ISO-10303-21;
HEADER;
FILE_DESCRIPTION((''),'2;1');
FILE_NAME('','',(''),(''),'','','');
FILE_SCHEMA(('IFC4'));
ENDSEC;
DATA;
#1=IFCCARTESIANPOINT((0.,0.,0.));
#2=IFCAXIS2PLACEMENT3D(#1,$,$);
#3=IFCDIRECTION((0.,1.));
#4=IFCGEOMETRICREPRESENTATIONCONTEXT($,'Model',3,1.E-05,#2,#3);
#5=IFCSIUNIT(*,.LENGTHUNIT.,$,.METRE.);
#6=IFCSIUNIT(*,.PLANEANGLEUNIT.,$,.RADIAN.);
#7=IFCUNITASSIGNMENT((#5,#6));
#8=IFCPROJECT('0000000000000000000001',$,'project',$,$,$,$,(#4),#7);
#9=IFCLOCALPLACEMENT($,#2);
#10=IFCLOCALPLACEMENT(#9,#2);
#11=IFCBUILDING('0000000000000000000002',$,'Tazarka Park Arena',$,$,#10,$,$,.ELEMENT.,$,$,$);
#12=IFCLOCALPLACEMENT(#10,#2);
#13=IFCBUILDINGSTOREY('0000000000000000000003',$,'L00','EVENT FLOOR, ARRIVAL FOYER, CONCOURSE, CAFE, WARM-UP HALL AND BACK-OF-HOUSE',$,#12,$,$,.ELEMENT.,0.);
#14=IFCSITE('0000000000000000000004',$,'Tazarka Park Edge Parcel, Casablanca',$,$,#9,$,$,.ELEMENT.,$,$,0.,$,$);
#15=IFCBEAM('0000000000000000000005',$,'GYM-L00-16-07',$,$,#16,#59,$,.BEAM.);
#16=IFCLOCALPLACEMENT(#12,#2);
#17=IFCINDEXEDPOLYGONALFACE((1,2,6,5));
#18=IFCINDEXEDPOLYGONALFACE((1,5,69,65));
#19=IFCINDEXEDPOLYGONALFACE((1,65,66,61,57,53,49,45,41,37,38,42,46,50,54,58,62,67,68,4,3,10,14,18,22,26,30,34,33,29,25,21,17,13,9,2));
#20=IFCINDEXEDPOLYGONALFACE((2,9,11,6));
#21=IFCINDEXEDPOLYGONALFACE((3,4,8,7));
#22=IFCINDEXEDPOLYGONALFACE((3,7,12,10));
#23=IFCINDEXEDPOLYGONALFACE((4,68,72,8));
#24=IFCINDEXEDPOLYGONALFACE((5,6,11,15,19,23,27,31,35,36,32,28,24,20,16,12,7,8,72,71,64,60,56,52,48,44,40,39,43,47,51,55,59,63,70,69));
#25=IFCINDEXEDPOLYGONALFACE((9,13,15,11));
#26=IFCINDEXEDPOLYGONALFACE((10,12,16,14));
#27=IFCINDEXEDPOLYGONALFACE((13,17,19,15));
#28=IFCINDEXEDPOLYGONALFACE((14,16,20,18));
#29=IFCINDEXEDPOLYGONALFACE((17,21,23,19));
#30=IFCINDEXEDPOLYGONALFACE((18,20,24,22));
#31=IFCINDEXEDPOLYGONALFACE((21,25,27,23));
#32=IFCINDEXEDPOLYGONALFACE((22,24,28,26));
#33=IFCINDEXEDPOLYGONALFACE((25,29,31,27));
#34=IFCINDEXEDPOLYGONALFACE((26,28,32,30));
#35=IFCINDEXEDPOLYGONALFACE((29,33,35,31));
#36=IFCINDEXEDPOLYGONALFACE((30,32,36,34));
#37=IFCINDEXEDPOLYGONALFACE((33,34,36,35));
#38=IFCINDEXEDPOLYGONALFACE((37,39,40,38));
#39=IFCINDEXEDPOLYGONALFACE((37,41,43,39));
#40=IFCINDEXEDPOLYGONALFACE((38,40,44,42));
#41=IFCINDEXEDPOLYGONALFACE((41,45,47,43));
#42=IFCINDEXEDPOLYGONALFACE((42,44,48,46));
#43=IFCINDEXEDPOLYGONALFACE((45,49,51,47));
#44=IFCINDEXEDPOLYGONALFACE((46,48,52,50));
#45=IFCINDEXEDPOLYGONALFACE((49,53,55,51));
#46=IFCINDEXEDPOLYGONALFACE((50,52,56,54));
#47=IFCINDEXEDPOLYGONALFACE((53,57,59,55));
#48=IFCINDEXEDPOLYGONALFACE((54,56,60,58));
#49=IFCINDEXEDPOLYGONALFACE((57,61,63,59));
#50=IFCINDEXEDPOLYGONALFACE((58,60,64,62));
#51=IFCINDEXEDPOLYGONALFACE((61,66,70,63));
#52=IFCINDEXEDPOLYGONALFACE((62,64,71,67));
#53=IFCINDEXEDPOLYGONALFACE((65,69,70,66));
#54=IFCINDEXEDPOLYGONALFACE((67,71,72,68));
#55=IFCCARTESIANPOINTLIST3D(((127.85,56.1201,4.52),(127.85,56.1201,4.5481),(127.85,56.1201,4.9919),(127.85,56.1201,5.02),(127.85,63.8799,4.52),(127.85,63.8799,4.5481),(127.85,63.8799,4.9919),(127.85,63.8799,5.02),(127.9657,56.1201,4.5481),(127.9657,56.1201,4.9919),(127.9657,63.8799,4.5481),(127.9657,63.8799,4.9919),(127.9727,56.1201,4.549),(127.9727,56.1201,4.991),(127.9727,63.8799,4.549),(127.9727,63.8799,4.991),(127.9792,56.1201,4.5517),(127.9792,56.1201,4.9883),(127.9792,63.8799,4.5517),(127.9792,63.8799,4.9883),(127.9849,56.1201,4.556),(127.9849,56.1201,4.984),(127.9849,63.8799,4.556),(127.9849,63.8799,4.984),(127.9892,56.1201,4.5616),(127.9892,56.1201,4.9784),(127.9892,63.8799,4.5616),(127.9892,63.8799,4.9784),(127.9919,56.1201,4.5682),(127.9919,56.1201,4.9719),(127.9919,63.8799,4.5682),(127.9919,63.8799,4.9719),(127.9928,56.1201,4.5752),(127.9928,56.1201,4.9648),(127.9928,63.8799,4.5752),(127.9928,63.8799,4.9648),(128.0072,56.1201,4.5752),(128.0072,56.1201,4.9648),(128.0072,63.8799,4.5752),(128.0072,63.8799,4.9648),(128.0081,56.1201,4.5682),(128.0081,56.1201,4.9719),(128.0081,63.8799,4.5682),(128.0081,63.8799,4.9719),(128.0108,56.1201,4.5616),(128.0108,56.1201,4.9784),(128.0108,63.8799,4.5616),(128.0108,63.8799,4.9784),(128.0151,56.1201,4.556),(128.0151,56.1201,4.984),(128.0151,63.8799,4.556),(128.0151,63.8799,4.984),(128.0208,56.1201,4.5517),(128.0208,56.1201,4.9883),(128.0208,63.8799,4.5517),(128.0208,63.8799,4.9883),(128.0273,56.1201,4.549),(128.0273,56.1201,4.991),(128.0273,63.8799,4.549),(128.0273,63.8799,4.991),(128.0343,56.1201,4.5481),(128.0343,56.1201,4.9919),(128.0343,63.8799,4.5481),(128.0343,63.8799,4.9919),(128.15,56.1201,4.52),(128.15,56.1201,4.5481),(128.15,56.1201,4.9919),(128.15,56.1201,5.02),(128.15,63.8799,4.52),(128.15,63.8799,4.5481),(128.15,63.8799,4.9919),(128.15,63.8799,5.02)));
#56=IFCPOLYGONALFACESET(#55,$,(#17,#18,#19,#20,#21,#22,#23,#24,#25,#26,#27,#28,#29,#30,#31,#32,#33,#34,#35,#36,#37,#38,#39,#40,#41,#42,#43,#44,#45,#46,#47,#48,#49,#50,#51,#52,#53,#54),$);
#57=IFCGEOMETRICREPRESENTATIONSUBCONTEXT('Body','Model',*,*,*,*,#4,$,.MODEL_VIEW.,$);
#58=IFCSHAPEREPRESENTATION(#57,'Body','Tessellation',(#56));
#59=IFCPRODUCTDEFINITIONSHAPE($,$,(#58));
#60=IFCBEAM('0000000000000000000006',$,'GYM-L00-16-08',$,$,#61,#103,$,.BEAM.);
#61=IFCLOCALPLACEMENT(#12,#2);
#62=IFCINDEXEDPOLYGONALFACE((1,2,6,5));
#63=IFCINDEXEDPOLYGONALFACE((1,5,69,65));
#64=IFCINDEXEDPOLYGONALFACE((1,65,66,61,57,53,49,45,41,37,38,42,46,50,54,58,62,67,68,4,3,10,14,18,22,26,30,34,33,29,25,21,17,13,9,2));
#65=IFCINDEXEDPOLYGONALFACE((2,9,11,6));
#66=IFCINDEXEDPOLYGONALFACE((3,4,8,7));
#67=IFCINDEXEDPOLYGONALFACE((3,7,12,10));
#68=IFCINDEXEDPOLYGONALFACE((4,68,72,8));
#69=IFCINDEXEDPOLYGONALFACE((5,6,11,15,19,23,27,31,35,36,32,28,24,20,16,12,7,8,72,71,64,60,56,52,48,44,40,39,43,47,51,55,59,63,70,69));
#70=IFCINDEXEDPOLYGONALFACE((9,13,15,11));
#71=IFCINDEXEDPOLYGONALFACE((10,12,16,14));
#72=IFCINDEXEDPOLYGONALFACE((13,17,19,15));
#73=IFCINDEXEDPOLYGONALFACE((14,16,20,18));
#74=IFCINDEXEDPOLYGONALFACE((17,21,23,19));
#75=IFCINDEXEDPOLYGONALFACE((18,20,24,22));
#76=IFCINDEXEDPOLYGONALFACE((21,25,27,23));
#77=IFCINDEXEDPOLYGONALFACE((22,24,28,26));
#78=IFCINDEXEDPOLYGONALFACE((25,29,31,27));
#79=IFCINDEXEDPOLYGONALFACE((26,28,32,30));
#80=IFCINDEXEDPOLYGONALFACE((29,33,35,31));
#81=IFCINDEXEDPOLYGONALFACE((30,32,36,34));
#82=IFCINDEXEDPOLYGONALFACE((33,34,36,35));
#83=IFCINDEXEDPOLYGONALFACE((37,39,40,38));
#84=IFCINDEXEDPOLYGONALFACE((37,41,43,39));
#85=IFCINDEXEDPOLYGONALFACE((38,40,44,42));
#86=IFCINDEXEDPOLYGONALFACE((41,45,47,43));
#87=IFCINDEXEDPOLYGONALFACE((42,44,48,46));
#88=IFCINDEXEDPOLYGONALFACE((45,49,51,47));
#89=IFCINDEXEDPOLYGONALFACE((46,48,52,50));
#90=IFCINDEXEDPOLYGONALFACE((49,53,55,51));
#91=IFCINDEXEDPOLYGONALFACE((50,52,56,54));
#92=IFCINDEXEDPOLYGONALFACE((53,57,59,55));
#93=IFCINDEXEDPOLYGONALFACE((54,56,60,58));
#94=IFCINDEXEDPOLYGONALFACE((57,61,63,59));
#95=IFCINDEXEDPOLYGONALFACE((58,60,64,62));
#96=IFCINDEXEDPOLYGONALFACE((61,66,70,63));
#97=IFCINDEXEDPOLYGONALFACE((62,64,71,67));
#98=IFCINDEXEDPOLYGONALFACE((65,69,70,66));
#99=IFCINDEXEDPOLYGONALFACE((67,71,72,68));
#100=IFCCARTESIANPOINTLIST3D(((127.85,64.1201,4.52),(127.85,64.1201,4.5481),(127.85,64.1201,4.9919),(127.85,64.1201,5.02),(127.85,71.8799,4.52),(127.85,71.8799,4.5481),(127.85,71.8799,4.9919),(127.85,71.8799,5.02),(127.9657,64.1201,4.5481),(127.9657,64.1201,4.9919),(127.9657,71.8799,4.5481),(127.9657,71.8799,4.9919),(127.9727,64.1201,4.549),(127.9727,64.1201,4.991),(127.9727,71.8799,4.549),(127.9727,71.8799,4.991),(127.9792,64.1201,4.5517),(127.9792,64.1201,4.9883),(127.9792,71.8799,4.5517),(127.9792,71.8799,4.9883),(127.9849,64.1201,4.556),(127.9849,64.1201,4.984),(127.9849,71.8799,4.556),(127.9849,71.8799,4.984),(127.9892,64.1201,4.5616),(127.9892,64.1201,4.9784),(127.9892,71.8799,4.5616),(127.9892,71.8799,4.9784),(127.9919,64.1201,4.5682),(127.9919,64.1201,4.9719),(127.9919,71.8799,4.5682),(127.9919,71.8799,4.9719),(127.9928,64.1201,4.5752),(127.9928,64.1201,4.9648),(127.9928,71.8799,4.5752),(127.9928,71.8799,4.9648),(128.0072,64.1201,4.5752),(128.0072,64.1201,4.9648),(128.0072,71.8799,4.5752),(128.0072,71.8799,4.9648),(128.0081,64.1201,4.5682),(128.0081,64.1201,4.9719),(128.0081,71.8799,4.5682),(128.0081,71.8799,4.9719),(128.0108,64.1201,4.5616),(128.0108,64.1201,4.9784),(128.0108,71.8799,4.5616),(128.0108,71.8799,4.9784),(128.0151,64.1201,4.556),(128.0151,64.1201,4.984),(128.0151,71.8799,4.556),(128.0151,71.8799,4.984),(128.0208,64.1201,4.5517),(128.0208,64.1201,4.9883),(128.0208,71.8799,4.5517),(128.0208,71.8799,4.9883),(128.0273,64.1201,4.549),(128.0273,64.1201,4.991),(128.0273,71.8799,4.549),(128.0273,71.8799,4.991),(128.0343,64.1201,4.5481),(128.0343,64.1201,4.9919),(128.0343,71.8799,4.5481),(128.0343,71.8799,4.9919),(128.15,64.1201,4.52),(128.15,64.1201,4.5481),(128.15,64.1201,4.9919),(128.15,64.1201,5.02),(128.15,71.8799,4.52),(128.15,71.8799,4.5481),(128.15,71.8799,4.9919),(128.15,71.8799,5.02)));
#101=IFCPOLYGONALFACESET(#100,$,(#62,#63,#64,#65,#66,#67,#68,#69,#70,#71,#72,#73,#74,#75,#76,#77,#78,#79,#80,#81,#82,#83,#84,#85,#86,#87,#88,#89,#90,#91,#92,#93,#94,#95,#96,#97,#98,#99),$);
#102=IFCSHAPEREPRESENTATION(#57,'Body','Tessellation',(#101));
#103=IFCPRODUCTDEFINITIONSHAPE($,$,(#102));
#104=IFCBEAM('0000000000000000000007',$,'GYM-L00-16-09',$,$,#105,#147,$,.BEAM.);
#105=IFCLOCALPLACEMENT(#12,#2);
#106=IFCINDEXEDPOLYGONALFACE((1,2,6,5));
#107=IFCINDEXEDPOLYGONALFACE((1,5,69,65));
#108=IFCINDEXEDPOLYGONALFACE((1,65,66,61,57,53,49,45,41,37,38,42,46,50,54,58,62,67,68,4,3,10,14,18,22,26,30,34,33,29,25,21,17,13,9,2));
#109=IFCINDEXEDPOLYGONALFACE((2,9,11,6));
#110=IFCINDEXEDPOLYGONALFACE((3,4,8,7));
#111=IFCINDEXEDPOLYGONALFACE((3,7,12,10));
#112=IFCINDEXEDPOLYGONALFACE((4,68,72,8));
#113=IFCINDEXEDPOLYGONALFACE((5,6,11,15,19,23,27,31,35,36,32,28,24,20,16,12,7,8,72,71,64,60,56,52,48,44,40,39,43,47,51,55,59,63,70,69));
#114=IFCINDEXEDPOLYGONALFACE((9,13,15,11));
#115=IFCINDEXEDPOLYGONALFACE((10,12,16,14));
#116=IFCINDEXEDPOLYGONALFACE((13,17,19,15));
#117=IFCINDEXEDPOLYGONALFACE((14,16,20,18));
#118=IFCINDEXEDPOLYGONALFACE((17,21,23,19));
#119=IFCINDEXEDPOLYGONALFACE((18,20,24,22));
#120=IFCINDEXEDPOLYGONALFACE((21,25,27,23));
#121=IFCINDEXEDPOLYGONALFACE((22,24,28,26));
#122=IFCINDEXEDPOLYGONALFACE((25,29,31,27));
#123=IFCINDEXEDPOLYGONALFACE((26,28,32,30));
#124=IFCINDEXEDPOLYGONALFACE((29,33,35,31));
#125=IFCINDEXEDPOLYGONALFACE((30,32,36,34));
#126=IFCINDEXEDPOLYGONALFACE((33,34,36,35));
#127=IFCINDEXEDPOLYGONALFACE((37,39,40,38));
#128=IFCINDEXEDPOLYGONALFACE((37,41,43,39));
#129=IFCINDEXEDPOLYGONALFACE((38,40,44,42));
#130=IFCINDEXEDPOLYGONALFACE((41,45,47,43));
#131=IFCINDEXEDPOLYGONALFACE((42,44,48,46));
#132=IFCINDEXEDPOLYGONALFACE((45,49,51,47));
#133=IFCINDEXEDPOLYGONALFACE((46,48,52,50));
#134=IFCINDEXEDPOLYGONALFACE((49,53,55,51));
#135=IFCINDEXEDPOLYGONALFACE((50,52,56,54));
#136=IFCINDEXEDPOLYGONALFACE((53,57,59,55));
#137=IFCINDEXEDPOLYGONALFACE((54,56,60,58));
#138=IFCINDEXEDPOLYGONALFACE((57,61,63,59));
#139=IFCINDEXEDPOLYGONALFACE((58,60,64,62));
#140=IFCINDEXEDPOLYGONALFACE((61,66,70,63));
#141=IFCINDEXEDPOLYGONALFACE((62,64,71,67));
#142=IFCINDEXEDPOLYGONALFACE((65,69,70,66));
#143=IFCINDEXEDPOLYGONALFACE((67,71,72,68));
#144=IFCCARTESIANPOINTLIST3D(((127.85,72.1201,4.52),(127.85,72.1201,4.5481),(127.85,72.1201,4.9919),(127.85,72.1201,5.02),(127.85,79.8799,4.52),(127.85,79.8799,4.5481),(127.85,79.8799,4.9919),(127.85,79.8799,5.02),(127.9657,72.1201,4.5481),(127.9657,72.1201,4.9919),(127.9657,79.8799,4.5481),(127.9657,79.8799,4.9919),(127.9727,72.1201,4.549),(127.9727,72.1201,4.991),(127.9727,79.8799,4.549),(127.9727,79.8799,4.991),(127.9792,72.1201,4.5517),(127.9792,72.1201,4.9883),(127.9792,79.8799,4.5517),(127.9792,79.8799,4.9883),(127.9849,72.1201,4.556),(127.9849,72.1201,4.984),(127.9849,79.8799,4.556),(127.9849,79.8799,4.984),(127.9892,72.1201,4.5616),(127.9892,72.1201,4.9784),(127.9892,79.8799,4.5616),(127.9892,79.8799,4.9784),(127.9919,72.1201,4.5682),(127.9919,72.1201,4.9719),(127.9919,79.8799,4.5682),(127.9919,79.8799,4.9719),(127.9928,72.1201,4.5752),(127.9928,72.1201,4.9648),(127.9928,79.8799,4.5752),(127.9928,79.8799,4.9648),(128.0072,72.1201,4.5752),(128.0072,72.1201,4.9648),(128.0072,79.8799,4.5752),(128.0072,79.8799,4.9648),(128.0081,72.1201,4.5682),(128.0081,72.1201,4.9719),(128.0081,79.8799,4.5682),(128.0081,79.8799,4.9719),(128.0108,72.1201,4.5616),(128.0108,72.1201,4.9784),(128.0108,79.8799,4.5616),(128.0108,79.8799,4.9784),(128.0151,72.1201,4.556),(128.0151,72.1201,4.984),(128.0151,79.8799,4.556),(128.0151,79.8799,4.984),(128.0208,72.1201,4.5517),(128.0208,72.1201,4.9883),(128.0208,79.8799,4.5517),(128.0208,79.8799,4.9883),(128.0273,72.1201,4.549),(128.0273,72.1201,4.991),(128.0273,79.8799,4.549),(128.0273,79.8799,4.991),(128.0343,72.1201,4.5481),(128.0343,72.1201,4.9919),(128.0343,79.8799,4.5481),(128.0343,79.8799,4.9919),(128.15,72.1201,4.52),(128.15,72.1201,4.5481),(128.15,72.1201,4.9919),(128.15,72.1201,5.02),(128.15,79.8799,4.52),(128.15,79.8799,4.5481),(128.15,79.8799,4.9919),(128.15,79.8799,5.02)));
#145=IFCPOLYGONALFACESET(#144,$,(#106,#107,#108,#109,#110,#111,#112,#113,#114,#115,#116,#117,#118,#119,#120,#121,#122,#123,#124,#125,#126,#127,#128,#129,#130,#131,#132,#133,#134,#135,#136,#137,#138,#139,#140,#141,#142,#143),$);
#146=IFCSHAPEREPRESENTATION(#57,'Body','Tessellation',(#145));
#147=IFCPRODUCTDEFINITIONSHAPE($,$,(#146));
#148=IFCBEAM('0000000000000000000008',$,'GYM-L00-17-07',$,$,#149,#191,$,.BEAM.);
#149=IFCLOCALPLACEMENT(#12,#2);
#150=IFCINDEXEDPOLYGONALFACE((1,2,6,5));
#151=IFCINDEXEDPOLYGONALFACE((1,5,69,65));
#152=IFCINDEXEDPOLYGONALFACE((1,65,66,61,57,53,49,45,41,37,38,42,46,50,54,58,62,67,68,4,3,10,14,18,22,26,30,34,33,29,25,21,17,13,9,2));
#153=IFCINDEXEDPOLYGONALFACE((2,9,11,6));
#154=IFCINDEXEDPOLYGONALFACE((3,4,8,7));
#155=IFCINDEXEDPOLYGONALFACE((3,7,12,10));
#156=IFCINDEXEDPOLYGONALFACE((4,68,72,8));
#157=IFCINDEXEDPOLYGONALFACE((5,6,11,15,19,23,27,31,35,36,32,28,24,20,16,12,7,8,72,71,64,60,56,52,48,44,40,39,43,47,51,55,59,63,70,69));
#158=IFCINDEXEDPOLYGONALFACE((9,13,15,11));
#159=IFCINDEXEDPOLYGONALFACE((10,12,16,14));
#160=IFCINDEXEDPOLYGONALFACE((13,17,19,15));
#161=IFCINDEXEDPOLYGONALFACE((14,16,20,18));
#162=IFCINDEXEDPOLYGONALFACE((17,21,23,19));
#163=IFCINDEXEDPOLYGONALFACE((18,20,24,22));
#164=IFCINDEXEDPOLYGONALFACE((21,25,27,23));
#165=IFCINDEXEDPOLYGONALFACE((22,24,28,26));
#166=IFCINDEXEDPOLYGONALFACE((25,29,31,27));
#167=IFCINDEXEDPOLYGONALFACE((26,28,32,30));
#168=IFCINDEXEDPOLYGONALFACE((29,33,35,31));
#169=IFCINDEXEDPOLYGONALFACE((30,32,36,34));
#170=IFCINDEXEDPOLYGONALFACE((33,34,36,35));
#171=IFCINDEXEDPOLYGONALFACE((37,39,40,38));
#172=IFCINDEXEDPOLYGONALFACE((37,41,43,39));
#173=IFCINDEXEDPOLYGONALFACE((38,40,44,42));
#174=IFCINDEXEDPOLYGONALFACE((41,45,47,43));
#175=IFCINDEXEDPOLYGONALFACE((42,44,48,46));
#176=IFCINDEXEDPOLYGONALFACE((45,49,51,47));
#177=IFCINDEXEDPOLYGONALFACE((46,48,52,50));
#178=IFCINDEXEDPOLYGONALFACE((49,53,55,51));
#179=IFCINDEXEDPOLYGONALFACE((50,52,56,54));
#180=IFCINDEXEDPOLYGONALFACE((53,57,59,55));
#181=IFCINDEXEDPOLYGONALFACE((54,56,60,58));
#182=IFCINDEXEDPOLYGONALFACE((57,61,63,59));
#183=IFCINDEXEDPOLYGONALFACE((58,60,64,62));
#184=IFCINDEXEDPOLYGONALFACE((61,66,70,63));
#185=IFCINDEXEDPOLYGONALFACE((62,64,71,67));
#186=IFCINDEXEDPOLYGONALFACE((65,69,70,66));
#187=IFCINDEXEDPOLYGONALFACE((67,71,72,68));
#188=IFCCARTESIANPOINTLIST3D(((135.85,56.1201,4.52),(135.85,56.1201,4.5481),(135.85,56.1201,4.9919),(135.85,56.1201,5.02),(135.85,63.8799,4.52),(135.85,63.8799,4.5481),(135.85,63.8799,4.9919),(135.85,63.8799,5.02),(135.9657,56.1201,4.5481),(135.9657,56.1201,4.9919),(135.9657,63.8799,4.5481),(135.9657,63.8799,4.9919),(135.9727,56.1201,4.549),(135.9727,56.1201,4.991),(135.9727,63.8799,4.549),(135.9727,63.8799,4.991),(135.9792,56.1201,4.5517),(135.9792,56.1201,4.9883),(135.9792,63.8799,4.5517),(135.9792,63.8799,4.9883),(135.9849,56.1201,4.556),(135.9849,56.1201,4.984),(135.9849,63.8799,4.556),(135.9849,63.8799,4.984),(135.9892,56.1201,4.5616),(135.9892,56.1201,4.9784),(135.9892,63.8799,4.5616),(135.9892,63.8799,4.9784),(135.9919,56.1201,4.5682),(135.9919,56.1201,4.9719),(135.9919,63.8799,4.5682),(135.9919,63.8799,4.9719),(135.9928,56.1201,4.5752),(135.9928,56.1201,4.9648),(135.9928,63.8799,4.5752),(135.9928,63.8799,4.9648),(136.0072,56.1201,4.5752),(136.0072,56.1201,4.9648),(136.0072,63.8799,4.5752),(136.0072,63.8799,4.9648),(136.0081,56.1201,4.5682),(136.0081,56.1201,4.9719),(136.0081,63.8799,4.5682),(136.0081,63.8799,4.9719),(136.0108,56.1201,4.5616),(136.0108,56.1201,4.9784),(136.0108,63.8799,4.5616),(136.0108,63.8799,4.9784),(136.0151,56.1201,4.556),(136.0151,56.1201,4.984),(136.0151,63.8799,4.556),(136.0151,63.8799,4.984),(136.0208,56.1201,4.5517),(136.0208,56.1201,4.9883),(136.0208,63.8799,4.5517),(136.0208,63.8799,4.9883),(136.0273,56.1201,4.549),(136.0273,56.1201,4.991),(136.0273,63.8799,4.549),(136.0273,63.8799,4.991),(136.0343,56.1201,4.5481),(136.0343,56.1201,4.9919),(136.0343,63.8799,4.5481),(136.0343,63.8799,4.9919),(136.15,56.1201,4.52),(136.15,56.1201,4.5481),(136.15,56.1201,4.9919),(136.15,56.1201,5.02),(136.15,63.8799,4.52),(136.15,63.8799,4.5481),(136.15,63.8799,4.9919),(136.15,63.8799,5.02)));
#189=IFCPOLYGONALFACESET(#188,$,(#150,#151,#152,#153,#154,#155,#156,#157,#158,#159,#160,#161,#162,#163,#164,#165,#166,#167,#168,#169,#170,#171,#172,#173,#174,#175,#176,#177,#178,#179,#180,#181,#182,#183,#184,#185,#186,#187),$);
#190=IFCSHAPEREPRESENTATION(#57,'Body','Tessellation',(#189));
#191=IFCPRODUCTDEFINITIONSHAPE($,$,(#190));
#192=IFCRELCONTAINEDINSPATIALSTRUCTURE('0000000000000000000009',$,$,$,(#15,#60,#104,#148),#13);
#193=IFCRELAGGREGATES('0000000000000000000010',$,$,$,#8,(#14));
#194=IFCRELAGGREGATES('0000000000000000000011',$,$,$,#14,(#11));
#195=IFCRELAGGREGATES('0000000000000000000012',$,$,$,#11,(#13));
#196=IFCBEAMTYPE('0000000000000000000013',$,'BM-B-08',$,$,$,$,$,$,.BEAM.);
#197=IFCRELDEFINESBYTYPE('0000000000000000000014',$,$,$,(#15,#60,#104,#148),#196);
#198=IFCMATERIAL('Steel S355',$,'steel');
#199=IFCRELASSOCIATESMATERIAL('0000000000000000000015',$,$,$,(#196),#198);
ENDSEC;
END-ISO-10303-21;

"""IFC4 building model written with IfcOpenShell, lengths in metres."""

from ifc_helpers import new_model, si_unit, direction, frame, origin, origin_2d, place, context, subcontext, project, spatial, i_section, extrude, material, material_profile, profile_set, type_object, element, save


model = new_model("IFC4")

# Units and contexts
model_context = context("Model", 3, precision=1e-05, world=origin(), true_north=direction((0.0, 1.0)))
body_context = subcontext(model_context, "Body", "Model", "MODEL_VIEW")
ifc_project = project(units=[si_unit("LENGTHUNIT", "METRE"), si_unit("PLANEANGLEUNIT", "RADIAN")], contexts=[model_context])

# Site, building, storey
site_placement = place(None, origin())
site = spatial("IfcSite", under=ifc_project, at=site_placement, Name="Tazarka Park Edge Parcel, Casablanca", CompositionType="ELEMENT", RefElevation=0.0)
building_placement = place(site_placement, origin())
building = spatial("IfcBuilding", under=site, at=building_placement, Name="Tazarka Park Arena", CompositionType="ELEMENT")
storey_placement = place(building_placement, origin())
storey = spatial("IfcBuildingStorey", under=building, at=storey_placement, Name="L00", Description="EVENT FLOOR, ARRIVAL FOYER, CONCOURSE, CAFE, WARM-UP HALL AND BACK-OF-HOUSE", CompositionType="ELEMENT", Elevation=0.0)

# Beams
ifc_material_1 = material(Name="Steel S355", Category="steel")
ifc_material_profile_1 = material_profile(ifc_material_1, i_section(OverallWidth=0.3, OverallDepth=0.5, WebThickness=0.0144, FlangeThickness=0.0281, FilletRadius=0.0271, at=origin_2d()), Name="Steel S355")
ifc_profile_set_1 = profile_set([ifc_material_profile_1], Name="Steel S355")
beam_type_1 = type_object("IfcBeamType", Name="BM-B-08", PredefinedType="BEAM", material=ifc_profile_set_1)
for number, where, z_axis, x_axis, name in (
    (1, (128.0, 56.1201, 4.77), (0.0, 1.0, 0.0), (-1.0, 0.0, 0.0), "GYM-L00-16-07"),
    (2, (128.0, 64.1201, 4.77), (0.0, 1.0, 0.0), (-1.0, 0.0, 0.0), "GYM-L00-16-08"),
    (3, (128.0, 72.1201, 4.77), (0.0, 1.0, 0.0), (-1.0, 0.0, 0.0), "GYM-L00-16-09"),
    (4, (136.0, 56.1201, 4.77), (0.0, 1.0, 0.0), (-1.0, 0.0, 0.0), "GYM-L00-17-07"),
):
    element("IfcBeam", number, at=place(storey_placement, frame(where, z_axis=z_axis, x_axis=x_axis)), inside=storey, type_object=beam_type_1, Name=name, PredefinedType="BEAM", context=body_context, shape_type="SweptSolid", body=[
        extrude(i_section(OverallWidth=0.3, OverallDepth=0.5, WebThickness=0.0144, FlangeThickness=0.0281, FilletRadius=0.0271, at=origin_2d()), origin(), (0.0, 0.0, 1.0), 7.7598),
    ])

save(model, "model.ifc")
